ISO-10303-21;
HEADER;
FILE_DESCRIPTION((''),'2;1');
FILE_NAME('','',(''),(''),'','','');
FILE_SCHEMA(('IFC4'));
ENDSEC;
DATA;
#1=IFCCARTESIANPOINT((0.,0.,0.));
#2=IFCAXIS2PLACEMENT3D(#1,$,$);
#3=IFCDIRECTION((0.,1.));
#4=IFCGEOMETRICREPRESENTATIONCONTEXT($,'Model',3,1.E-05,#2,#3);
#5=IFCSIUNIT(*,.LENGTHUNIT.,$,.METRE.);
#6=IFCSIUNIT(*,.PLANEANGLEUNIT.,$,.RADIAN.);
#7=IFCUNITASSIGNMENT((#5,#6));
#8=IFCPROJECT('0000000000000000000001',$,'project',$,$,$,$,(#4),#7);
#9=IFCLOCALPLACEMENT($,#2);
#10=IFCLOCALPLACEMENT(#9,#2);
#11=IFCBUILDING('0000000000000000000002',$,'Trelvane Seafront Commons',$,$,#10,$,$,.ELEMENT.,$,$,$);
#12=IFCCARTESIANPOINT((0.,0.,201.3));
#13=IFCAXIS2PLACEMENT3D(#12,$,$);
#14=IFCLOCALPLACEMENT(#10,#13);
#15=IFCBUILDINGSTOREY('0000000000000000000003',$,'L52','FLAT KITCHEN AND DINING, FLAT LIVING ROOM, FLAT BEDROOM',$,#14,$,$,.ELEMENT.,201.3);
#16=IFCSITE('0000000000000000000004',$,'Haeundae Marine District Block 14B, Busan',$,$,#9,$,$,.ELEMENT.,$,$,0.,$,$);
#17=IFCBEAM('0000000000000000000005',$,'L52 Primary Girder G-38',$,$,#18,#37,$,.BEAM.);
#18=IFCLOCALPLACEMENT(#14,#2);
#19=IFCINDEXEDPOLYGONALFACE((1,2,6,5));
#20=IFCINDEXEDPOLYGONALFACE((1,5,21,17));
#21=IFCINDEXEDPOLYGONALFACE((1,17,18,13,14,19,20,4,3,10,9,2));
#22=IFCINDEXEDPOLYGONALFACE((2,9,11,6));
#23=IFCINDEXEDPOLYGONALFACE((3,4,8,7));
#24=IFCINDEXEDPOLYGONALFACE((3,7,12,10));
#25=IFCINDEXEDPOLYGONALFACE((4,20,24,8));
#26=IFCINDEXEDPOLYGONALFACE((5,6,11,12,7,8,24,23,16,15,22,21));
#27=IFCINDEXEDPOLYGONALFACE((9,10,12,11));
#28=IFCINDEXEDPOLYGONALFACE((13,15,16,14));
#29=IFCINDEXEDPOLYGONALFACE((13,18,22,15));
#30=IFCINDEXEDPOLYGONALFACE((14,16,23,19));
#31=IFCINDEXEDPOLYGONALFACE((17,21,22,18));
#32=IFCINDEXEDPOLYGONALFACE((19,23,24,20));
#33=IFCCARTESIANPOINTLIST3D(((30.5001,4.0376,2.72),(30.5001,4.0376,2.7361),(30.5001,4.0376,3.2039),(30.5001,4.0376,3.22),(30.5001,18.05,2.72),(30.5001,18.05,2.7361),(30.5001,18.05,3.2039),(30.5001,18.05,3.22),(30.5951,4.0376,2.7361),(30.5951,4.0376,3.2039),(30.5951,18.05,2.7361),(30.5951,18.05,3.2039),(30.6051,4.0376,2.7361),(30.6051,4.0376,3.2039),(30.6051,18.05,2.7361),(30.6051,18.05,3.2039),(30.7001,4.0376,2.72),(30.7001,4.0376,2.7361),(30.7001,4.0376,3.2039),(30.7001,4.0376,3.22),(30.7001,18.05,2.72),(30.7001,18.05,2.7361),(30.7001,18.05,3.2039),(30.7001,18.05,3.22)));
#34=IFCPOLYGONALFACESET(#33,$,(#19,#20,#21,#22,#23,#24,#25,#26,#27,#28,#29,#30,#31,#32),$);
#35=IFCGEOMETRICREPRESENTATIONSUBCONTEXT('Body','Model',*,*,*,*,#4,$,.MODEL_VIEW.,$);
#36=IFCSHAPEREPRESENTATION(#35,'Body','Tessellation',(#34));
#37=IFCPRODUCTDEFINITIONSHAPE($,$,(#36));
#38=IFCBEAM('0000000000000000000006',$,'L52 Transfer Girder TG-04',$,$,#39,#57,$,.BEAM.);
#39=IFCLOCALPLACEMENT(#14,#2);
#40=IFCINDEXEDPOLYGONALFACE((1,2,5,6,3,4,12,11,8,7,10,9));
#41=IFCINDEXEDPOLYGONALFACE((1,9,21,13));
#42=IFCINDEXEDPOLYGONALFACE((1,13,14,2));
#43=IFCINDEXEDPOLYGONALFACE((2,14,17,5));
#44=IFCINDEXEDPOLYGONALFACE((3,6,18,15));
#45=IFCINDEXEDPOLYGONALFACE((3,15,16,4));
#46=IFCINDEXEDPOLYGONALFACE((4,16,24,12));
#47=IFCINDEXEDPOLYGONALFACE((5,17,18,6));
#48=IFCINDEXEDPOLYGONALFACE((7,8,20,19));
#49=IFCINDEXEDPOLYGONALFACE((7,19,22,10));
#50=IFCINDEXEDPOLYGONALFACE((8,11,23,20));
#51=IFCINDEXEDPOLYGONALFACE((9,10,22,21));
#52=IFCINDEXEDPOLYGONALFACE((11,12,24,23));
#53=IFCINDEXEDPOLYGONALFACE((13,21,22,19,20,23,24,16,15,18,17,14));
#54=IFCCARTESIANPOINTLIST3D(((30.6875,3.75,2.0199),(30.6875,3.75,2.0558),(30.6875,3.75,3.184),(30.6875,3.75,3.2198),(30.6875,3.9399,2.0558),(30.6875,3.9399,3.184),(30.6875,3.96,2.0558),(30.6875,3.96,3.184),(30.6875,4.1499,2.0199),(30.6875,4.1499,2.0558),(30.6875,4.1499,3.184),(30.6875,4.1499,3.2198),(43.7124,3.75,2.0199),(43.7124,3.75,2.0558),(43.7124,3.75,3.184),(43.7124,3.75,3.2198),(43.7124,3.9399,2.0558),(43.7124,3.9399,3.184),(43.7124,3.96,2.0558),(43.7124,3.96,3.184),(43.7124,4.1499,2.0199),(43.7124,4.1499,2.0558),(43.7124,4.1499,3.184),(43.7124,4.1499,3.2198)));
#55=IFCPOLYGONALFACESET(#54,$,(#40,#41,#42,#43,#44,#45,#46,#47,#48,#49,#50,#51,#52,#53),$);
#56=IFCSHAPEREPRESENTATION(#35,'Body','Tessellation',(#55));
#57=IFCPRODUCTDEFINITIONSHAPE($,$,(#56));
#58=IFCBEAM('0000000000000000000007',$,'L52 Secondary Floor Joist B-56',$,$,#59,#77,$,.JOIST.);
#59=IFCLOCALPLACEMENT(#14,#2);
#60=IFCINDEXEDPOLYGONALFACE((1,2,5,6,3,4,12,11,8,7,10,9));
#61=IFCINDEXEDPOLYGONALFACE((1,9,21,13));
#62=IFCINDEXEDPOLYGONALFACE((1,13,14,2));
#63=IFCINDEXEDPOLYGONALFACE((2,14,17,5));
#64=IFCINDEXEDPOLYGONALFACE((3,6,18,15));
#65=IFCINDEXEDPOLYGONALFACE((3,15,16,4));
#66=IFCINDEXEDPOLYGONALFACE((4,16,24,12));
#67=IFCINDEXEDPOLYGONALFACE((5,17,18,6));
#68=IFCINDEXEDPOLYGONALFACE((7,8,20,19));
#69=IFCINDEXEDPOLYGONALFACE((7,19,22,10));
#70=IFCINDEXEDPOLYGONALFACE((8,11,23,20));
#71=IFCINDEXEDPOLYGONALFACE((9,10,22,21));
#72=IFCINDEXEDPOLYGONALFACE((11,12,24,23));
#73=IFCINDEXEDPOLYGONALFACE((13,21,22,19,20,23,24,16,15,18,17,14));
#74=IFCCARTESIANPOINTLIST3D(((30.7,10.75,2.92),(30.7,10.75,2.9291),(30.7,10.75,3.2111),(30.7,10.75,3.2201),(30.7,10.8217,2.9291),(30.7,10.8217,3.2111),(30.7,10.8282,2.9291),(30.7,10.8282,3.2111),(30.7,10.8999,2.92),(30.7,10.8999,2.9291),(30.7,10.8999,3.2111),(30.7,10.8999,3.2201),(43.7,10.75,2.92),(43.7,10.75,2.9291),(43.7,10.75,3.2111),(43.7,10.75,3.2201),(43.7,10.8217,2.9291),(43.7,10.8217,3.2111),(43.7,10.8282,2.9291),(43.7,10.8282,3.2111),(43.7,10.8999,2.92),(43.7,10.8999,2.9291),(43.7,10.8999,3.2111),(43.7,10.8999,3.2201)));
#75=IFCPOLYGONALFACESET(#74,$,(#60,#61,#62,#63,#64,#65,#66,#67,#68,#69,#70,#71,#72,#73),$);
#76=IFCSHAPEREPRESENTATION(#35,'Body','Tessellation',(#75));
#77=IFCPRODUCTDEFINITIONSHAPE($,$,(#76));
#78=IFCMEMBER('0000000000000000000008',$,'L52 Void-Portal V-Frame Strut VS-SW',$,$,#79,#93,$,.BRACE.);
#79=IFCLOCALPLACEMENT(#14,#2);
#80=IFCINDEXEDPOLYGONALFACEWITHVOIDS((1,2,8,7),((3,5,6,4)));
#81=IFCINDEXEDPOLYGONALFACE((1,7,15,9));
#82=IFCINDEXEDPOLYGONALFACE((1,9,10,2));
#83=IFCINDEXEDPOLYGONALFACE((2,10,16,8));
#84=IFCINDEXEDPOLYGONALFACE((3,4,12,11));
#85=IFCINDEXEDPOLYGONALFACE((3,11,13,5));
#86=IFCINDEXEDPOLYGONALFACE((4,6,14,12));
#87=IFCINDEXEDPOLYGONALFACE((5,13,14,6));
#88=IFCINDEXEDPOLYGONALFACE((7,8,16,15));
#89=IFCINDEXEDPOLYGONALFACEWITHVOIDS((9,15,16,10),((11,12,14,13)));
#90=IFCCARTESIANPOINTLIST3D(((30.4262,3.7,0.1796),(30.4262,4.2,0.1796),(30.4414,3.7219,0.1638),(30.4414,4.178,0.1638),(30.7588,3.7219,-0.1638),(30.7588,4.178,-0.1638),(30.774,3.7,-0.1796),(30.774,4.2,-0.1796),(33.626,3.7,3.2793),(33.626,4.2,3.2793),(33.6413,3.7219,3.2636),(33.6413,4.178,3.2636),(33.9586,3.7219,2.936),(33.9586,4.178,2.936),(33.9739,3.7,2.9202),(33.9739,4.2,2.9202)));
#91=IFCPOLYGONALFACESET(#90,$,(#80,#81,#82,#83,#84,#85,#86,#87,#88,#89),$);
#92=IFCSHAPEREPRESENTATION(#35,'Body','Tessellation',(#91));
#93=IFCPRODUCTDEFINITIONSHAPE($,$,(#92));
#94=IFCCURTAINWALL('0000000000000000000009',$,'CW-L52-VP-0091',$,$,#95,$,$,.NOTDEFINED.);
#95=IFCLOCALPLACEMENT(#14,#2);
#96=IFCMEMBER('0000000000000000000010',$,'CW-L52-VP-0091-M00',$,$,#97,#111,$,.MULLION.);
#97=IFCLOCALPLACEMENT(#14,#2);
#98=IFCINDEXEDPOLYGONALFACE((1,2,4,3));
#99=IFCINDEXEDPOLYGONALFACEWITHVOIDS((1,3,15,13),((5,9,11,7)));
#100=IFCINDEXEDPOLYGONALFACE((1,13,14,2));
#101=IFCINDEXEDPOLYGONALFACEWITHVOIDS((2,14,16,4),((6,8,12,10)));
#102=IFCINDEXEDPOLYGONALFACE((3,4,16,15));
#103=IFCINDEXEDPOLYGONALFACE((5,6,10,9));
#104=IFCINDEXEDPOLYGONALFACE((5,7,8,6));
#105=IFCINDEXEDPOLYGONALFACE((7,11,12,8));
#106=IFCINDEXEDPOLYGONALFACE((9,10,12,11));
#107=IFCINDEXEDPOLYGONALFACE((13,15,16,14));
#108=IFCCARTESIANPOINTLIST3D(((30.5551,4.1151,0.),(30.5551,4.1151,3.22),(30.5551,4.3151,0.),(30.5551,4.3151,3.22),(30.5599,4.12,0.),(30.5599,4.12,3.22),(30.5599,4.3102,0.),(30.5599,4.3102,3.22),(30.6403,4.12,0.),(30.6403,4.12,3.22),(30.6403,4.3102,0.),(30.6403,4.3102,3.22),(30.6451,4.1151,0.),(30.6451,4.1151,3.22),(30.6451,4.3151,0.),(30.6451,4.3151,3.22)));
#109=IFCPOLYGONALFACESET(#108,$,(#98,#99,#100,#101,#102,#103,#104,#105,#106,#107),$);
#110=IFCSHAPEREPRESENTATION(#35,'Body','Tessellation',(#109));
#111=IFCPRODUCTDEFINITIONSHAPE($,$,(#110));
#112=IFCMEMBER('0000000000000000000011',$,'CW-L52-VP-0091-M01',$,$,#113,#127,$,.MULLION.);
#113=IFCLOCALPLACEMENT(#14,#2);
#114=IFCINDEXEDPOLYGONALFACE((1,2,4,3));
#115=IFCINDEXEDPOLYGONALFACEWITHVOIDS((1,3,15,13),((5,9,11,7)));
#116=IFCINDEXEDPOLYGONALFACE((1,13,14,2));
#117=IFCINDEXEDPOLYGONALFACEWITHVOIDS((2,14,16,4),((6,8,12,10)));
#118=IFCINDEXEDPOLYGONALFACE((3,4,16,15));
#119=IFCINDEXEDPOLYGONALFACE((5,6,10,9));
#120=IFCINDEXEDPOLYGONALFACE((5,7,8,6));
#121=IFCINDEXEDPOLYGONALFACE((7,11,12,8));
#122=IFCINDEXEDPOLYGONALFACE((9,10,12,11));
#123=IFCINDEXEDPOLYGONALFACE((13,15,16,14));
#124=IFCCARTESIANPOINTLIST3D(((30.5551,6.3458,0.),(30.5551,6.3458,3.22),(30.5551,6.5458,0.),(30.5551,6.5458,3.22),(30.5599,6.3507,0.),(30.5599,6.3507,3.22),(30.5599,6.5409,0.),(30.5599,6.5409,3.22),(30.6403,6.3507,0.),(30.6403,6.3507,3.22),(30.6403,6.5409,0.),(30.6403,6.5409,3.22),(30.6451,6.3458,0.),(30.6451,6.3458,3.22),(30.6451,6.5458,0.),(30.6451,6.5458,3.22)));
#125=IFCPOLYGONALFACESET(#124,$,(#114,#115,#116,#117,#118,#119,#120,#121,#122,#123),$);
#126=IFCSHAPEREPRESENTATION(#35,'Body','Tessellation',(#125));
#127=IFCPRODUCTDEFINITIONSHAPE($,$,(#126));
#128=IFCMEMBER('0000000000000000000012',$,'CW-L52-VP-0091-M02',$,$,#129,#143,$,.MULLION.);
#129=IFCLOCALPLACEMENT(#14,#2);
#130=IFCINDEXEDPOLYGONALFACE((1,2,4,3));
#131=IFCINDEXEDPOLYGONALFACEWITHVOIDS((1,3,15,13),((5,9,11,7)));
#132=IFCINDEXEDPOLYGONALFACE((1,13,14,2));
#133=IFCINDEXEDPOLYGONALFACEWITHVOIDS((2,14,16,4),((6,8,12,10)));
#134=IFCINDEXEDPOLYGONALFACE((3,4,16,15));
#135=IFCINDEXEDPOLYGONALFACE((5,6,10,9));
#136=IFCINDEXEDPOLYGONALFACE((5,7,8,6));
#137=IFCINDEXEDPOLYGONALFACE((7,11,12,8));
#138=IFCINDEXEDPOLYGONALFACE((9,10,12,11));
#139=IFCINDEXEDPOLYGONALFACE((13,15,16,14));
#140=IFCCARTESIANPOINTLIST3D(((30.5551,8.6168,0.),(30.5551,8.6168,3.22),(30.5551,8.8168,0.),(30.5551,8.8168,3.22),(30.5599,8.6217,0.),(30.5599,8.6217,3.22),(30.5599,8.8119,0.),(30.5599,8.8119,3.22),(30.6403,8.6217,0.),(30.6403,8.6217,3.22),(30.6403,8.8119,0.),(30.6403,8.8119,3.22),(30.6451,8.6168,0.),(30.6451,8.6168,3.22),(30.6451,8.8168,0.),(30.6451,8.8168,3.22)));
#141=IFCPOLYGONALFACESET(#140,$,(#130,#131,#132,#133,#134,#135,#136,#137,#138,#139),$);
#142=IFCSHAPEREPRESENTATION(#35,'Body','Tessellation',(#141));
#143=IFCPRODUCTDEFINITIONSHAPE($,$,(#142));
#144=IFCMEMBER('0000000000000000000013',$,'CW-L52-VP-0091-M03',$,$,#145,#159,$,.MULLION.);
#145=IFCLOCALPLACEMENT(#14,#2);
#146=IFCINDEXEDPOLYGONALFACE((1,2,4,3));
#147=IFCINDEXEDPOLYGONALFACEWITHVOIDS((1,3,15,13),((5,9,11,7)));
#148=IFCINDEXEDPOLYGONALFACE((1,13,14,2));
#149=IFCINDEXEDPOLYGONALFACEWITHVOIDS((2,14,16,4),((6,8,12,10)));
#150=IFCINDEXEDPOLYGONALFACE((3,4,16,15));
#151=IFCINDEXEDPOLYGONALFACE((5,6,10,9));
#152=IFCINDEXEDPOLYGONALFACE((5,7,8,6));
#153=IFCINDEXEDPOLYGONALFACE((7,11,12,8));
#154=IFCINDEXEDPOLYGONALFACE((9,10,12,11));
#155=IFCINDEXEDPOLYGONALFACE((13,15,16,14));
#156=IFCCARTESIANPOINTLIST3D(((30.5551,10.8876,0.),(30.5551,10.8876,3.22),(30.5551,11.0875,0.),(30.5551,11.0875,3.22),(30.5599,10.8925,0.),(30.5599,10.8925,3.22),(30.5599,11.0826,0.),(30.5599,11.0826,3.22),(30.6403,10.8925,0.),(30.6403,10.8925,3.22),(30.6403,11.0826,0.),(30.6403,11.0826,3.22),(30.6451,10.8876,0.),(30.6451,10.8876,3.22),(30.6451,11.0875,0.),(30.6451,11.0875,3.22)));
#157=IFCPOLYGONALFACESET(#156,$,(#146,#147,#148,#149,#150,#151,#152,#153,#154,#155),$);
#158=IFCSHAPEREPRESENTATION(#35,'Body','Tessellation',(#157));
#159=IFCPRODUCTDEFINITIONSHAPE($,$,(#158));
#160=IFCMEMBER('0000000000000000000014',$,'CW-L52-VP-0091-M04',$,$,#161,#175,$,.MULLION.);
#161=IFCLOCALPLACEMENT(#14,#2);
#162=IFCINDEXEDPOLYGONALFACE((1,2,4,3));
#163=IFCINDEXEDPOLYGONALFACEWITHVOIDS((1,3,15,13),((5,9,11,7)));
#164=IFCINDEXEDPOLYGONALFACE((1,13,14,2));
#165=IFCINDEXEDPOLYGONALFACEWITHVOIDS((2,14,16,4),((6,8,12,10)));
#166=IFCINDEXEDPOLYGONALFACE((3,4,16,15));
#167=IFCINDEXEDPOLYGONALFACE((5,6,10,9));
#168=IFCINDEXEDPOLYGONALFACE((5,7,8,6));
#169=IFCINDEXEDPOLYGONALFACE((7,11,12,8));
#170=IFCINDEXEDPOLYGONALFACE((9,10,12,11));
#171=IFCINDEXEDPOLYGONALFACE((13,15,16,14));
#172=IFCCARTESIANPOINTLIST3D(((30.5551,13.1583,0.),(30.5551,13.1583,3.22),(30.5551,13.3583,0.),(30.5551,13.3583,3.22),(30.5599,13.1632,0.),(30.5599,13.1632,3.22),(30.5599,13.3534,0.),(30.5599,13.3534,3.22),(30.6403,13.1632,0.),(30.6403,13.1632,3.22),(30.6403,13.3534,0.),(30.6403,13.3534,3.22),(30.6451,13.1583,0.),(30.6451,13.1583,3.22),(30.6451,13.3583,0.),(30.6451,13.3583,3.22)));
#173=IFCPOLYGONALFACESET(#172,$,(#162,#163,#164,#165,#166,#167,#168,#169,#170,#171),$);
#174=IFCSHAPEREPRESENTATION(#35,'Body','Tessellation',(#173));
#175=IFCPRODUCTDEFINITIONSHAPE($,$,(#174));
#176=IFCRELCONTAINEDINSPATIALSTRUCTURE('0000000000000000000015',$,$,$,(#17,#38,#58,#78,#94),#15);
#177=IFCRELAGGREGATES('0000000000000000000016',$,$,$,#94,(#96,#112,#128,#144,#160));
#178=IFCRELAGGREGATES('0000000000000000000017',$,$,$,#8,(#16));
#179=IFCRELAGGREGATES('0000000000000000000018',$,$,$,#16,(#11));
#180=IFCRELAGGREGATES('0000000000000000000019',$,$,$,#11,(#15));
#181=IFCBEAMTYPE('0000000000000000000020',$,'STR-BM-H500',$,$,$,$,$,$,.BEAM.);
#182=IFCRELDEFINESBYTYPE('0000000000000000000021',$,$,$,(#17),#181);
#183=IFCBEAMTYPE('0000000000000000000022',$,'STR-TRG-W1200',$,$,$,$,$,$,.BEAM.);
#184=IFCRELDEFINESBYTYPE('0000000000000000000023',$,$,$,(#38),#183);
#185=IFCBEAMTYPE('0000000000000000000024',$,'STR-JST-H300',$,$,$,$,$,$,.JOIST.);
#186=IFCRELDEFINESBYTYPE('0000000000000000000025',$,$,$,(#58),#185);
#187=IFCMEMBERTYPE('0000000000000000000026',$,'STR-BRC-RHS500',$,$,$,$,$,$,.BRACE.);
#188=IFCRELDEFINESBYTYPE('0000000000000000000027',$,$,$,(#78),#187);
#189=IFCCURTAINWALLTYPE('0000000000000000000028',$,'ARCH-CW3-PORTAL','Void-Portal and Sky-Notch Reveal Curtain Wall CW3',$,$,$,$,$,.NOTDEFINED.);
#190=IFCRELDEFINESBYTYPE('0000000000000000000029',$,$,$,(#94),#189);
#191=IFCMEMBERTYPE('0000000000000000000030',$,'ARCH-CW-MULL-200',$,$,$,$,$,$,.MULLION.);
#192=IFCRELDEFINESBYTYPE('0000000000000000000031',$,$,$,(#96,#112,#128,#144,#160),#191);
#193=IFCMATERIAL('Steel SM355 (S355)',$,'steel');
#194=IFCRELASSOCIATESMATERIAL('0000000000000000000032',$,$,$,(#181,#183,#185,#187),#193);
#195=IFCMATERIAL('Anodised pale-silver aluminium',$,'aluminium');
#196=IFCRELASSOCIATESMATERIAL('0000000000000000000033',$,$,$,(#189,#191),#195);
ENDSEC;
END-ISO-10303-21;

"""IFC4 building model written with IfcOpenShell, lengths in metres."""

from ifc_helpers import new_model, si_unit, direction, frame, origin, origin_2d, place, context, subcontext, project, spatial, hollow_rectangle, i_section, extrude, source, transform, mapped, material, material_profile, profile_set, type_object, element, aggregate, save


model = new_model("IFC4")

# Units and contexts
model_context = context("Model", 3, precision=1e-05, world=origin(), true_north=direction((0.0, 1.0)))
body_context = subcontext(model_context, "Body", "Model", "MODEL_VIEW")
ifc_project = project(units=[si_unit("LENGTHUNIT", "METRE"), si_unit("PLANEANGLEUNIT", "RADIAN")], contexts=[model_context])

# Site, building, storey
site_placement = place(None, origin())
site = spatial("IfcSite", under=ifc_project, at=site_placement, Name="Haeundae Marine District Block 14B, Busan", CompositionType="ELEMENT", RefElevation=0.0)
building_placement = place(site_placement, origin())
building = spatial("IfcBuilding", under=site, at=building_placement, Name="Trelvane Seafront Commons", CompositionType="ELEMENT")
storey_placement = place(building_placement, frame((0.0, 0.0, 201.3)))
storey = spatial("IfcBuildingStorey", under=building, at=storey_placement, Name="L52", Description="FLAT KITCHEN AND DINING, FLAT LIVING ROOM, FLAT BEDROOM", CompositionType="ELEMENT", Elevation=201.3)

# Beams
ifc_material_1 = material(Name="Steel SM355 (S355)", Category="steel")
ifc_material_profile_1 = material_profile(ifc_material_1, i_section(OverallWidth=0.2, OverallDepth=0.5, WebThickness=0.01, FlangeThickness=0.0161, at=origin_2d()), Name="H-500x200x10x16")
ifc_profile_set_1 = profile_set([ifc_material_profile_1], Name="Steel SM355 (S355)")
beam_type_1 = type_object("IfcBeamType", Name="STR-BM-H500", PredefinedType="BEAM", material=ifc_profile_set_1)
shared_shape_1 = source(origin(), body_context, "Body", "SweptSolid", [
    extrude(i_section(OverallWidth=0.2, OverallDepth=0.5, WebThickness=0.01, FlangeThickness=0.0161, at=origin_2d()), origin(), (0.0, 0.0, 1.0), 14.0125),
])
beam_1_placement = place(storey_placement, frame((30.6001, 4.0376, 2.97), z_axis=(0.0, 1.0, 0.0), x_axis=(-1.0, 0.0, 0.0)))
element("IfcBeam", 1, at=beam_1_placement, inside=storey, type_object=beam_type_1, Name="L52 Primary Girder G-38", PredefinedType="BEAM", context=body_context, shape_type="MappedRepresentation", body=[
    mapped(shared_shape_1, transform((0.0, 0.0, 0.0), x_axis=(1.0, 0.0, 0.0), y_axis=(0.0, 1.0, 0.0), z_axis=(0.0, 0.0, 1.0), scale=1.0)),
])
ifc_material_profile_2 = material_profile(ifc_material_1, i_section(OverallWidth=0.3999, OverallDepth=1.2, WebThickness=0.02, FlangeThickness=0.0359, at=origin_2d()), Name="W-1200x400x20x36")
ifc_profile_set_2 = profile_set([ifc_material_profile_2], Name="Steel SM355 (S355)")
beam_type_2 = type_object("IfcBeamType", Name="STR-TRG-W1200", PredefinedType="BEAM", material=ifc_profile_set_2)
shared_shape_2 = source(origin(), body_context, "Body", "SweptSolid", [
    extrude(i_section(OverallWidth=0.3999, OverallDepth=1.2, WebThickness=0.02, FlangeThickness=0.0359, at=origin_2d()), origin(), (0.0, 0.0, 1.0), 13.0249),
])
beam_2_placement = place(storey_placement, frame((30.6875, 3.95, 2.6199), z_axis=(1.0, 0.0, 0.0), x_axis=(0.0, 1.0, 0.0)))
element("IfcBeam", 2, at=beam_2_placement, inside=storey, type_object=beam_type_2, Name="L52 Transfer Girder TG-04", PredefinedType="BEAM", context=body_context, shape_type="MappedRepresentation", body=[
    mapped(shared_shape_2, transform((0.0, 0.0, 0.0), x_axis=(1.0, 0.0, 0.0), y_axis=(0.0, 1.0, 0.0), z_axis=(0.0, 0.0, 1.0), scale=1.0)),
])
ifc_material_profile_3 = material_profile(ifc_material_1, i_section(OverallWidth=0.1499, OverallDepth=0.3, WebThickness=0.0066, FlangeThickness=0.009, at=origin_2d()), Name="H-300x150x6.5x9")
ifc_profile_set_3 = profile_set([ifc_material_profile_3], Name="Steel SM355 (S355)")
beam_type_3 = type_object("IfcBeamType", Name="STR-JST-H300", PredefinedType="JOIST", material=ifc_profile_set_3)
shared_shape_3 = source(origin(), body_context, "Body", "SweptSolid", [
    extrude(i_section(OverallWidth=0.1499, OverallDepth=0.3, WebThickness=0.0066, FlangeThickness=0.009, at=origin_2d()), origin(), (0.0, 0.0, 1.0), 13.0),
])
beam_3_placement = place(storey_placement, frame((30.7, 10.825, 3.0701), z_axis=(1.0, 0.0, 0.0), x_axis=(0.0, 1.0, 0.0)))
element("IfcBeam", 3, at=beam_3_placement, inside=storey, type_object=beam_type_3, Name="L52 Secondary Floor Joist B-56", PredefinedType="JOIST", context=body_context, shape_type="MappedRepresentation", body=[
    mapped(shared_shape_3, transform((0.0, 0.0, 0.0), x_axis=(1.0, 0.0, 0.0), y_axis=(0.0, 1.0, 0.0), z_axis=(0.0, 0.0, 1.0), scale=1.0)),
])

# Member
ifc_material_profile_4 = material_profile(ifc_material_1, hollow_rectangle(XDim=0.5, YDim=0.5, WallThickness=0.022, at=origin_2d()), Name="RHS-500x500x22")
ifc_profile_set_4 = profile_set([ifc_material_profile_4], Name="Steel SM355 (S355)")
member_type_1 = type_object("IfcMemberType", Name="STR-BRC-RHS500", PredefinedType="BRACE", material=ifc_profile_set_4)
shared_shape_4 = source(origin(), body_context, "Body", "SweptSolid", [
    extrude(hollow_rectangle(XDim=0.5, YDim=0.5, WallThickness=0.022, at=origin_2d()), origin(), (0.0, 0.0, 1.0), 4.4551),
])
member_1_placement = place(storey_placement, frame((30.6001, 3.95, 0.0), z_axis=(0.718251, 0.0, 0.695784), x_axis=(0.0, 1.0, 0.0)))
element("IfcMember", 4, at=member_1_placement, inside=storey, type_object=member_type_1, Name="L52 Void-Portal V-Frame Strut VS-SW", PredefinedType="BRACE", context=body_context, shape_type="MappedRepresentation", body=[
    mapped(shared_shape_4, transform((0.0, 0.0, 0.0), x_axis=(1.0, 0.0, 0.0), y_axis=(0.0, 1.0, 0.0), z_axis=(0.0, 0.0, 1.0), scale=1.0)),
])

# Curtain wall, members
ifc_material_2 = material(Name="Anodised pale-silver aluminium", Category="aluminium")
curtain_wall_type = type_object("IfcCurtainWallType", Name="ARCH-CW3-PORTAL", Description="Void-Portal and Sky-Notch Reveal Curtain Wall CW3", PredefinedType="NOTDEFINED", material=ifc_material_2)
curtain_wall_placement = place(storey_placement, origin())
curtain_wall = element("IfcCurtainWall", 5, at=curtain_wall_placement, inside=storey, type_object=curtain_wall_type, Name="CW-L52-VP-0091", PredefinedType="NOTDEFINED")
ifc_material_profile_5 = material_profile(ifc_material_2, hollow_rectangle(XDim=0.0901, YDim=0.2, WallThickness=0.0049, at=origin_2d()), Name="MULL-90x200x5")
ifc_profile_set_5 = profile_set([ifc_material_profile_5], Name="Anodised pale-silver aluminium")
member_type_2 = type_object("IfcMemberType", Name="ARCH-CW-MULL-200", PredefinedType="MULLION", material=ifc_profile_set_5)
shared_shape_5 = source(origin(), body_context, "Body", "SweptSolid", [
    extrude(hollow_rectangle(XDim=0.0901, YDim=0.2, WallThickness=0.0049, at=origin_2d()), origin(), (0.0, 0.0, 1.0), 3.22),
])
member_2_placement = place(storey_placement, frame((30.6001, 4.2151, 0.0), z_axis=(0.0, 0.0, 1.0), x_axis=(1.0, 0.0, 0.0)))
member_2 = element("IfcMember", 6, at=member_2_placement, type_object=member_type_2, Name="CW-L52-VP-0091-M00", PredefinedType="MULLION", context=body_context, shape_type="MappedRepresentation", body=[
    mapped(shared_shape_5, transform((0.0, 0.0, 0.0), x_axis=(1.0, 0.0, 0.0), y_axis=(0.0, 1.0, 0.0), z_axis=(0.0, 0.0, 1.0), scale=1.0)),
])
member_3_placement = place(storey_placement, frame((30.6001, 6.4458, 0.0), z_axis=(0.0, 0.0, 1.0), x_axis=(1.0, 0.0, 0.0)))
member_3 = element("IfcMember", 7, at=member_3_placement, type_object=member_type_2, Name="CW-L52-VP-0091-M01", PredefinedType="MULLION", context=body_context, shape_type="MappedRepresentation", body=[
    mapped(shared_shape_5, transform((0.0, 0.0, 0.0), x_axis=(1.0, 0.0, 0.0), y_axis=(0.0, 1.0, 0.0), z_axis=(0.0, 0.0, 1.0), scale=1.0)),
])
member_4_placement = place(storey_placement, frame((30.6001, 8.7168, 0.0), z_axis=(0.0, 0.0, 1.0), x_axis=(1.0, 0.0, 0.0)))
member_4 = element("IfcMember", 8, at=member_4_placement, type_object=member_type_2, Name="CW-L52-VP-0091-M02", PredefinedType="MULLION", context=body_context, shape_type="MappedRepresentation", body=[
    mapped(shared_shape_5, transform((0.0, 0.0, 0.0), x_axis=(1.0, 0.0, 0.0), y_axis=(0.0, 1.0, 0.0), z_axis=(0.0, 0.0, 1.0), scale=1.0)),
])
member_5_placement = place(storey_placement, frame((30.6001, 10.9875, 0.0), z_axis=(0.0, 0.0, 1.0), x_axis=(1.0, 0.0, 0.0)))
member_5 = element("IfcMember", 9, at=member_5_placement, type_object=member_type_2, Name="CW-L52-VP-0091-M03", PredefinedType="MULLION", context=body_context, shape_type="MappedRepresentation", body=[
    mapped(shared_shape_5, transform((0.0, 0.0, 0.0), x_axis=(1.0, 0.0, 0.0), y_axis=(0.0, 1.0, 0.0), z_axis=(0.0, 0.0, 1.0), scale=1.0)),
])
member_6_placement = place(storey_placement, frame((30.6001, 13.2583, 0.0), z_axis=(0.0, 0.0, 1.0), x_axis=(1.0, 0.0, 0.0)))
member_6 = element("IfcMember", 10, at=member_6_placement, type_object=member_type_2, Name="CW-L52-VP-0091-M04", PredefinedType="MULLION", context=body_context, shape_type="MappedRepresentation", body=[
    mapped(shared_shape_5, transform((0.0, 0.0, 0.0), x_axis=(1.0, 0.0, 0.0), y_axis=(0.0, 1.0, 0.0), z_axis=(0.0, 0.0, 1.0), scale=1.0)),
])

aggregate(curtain_wall, [member_2, member_3, member_4, member_5, member_6])

save(model, "model.ifc")
